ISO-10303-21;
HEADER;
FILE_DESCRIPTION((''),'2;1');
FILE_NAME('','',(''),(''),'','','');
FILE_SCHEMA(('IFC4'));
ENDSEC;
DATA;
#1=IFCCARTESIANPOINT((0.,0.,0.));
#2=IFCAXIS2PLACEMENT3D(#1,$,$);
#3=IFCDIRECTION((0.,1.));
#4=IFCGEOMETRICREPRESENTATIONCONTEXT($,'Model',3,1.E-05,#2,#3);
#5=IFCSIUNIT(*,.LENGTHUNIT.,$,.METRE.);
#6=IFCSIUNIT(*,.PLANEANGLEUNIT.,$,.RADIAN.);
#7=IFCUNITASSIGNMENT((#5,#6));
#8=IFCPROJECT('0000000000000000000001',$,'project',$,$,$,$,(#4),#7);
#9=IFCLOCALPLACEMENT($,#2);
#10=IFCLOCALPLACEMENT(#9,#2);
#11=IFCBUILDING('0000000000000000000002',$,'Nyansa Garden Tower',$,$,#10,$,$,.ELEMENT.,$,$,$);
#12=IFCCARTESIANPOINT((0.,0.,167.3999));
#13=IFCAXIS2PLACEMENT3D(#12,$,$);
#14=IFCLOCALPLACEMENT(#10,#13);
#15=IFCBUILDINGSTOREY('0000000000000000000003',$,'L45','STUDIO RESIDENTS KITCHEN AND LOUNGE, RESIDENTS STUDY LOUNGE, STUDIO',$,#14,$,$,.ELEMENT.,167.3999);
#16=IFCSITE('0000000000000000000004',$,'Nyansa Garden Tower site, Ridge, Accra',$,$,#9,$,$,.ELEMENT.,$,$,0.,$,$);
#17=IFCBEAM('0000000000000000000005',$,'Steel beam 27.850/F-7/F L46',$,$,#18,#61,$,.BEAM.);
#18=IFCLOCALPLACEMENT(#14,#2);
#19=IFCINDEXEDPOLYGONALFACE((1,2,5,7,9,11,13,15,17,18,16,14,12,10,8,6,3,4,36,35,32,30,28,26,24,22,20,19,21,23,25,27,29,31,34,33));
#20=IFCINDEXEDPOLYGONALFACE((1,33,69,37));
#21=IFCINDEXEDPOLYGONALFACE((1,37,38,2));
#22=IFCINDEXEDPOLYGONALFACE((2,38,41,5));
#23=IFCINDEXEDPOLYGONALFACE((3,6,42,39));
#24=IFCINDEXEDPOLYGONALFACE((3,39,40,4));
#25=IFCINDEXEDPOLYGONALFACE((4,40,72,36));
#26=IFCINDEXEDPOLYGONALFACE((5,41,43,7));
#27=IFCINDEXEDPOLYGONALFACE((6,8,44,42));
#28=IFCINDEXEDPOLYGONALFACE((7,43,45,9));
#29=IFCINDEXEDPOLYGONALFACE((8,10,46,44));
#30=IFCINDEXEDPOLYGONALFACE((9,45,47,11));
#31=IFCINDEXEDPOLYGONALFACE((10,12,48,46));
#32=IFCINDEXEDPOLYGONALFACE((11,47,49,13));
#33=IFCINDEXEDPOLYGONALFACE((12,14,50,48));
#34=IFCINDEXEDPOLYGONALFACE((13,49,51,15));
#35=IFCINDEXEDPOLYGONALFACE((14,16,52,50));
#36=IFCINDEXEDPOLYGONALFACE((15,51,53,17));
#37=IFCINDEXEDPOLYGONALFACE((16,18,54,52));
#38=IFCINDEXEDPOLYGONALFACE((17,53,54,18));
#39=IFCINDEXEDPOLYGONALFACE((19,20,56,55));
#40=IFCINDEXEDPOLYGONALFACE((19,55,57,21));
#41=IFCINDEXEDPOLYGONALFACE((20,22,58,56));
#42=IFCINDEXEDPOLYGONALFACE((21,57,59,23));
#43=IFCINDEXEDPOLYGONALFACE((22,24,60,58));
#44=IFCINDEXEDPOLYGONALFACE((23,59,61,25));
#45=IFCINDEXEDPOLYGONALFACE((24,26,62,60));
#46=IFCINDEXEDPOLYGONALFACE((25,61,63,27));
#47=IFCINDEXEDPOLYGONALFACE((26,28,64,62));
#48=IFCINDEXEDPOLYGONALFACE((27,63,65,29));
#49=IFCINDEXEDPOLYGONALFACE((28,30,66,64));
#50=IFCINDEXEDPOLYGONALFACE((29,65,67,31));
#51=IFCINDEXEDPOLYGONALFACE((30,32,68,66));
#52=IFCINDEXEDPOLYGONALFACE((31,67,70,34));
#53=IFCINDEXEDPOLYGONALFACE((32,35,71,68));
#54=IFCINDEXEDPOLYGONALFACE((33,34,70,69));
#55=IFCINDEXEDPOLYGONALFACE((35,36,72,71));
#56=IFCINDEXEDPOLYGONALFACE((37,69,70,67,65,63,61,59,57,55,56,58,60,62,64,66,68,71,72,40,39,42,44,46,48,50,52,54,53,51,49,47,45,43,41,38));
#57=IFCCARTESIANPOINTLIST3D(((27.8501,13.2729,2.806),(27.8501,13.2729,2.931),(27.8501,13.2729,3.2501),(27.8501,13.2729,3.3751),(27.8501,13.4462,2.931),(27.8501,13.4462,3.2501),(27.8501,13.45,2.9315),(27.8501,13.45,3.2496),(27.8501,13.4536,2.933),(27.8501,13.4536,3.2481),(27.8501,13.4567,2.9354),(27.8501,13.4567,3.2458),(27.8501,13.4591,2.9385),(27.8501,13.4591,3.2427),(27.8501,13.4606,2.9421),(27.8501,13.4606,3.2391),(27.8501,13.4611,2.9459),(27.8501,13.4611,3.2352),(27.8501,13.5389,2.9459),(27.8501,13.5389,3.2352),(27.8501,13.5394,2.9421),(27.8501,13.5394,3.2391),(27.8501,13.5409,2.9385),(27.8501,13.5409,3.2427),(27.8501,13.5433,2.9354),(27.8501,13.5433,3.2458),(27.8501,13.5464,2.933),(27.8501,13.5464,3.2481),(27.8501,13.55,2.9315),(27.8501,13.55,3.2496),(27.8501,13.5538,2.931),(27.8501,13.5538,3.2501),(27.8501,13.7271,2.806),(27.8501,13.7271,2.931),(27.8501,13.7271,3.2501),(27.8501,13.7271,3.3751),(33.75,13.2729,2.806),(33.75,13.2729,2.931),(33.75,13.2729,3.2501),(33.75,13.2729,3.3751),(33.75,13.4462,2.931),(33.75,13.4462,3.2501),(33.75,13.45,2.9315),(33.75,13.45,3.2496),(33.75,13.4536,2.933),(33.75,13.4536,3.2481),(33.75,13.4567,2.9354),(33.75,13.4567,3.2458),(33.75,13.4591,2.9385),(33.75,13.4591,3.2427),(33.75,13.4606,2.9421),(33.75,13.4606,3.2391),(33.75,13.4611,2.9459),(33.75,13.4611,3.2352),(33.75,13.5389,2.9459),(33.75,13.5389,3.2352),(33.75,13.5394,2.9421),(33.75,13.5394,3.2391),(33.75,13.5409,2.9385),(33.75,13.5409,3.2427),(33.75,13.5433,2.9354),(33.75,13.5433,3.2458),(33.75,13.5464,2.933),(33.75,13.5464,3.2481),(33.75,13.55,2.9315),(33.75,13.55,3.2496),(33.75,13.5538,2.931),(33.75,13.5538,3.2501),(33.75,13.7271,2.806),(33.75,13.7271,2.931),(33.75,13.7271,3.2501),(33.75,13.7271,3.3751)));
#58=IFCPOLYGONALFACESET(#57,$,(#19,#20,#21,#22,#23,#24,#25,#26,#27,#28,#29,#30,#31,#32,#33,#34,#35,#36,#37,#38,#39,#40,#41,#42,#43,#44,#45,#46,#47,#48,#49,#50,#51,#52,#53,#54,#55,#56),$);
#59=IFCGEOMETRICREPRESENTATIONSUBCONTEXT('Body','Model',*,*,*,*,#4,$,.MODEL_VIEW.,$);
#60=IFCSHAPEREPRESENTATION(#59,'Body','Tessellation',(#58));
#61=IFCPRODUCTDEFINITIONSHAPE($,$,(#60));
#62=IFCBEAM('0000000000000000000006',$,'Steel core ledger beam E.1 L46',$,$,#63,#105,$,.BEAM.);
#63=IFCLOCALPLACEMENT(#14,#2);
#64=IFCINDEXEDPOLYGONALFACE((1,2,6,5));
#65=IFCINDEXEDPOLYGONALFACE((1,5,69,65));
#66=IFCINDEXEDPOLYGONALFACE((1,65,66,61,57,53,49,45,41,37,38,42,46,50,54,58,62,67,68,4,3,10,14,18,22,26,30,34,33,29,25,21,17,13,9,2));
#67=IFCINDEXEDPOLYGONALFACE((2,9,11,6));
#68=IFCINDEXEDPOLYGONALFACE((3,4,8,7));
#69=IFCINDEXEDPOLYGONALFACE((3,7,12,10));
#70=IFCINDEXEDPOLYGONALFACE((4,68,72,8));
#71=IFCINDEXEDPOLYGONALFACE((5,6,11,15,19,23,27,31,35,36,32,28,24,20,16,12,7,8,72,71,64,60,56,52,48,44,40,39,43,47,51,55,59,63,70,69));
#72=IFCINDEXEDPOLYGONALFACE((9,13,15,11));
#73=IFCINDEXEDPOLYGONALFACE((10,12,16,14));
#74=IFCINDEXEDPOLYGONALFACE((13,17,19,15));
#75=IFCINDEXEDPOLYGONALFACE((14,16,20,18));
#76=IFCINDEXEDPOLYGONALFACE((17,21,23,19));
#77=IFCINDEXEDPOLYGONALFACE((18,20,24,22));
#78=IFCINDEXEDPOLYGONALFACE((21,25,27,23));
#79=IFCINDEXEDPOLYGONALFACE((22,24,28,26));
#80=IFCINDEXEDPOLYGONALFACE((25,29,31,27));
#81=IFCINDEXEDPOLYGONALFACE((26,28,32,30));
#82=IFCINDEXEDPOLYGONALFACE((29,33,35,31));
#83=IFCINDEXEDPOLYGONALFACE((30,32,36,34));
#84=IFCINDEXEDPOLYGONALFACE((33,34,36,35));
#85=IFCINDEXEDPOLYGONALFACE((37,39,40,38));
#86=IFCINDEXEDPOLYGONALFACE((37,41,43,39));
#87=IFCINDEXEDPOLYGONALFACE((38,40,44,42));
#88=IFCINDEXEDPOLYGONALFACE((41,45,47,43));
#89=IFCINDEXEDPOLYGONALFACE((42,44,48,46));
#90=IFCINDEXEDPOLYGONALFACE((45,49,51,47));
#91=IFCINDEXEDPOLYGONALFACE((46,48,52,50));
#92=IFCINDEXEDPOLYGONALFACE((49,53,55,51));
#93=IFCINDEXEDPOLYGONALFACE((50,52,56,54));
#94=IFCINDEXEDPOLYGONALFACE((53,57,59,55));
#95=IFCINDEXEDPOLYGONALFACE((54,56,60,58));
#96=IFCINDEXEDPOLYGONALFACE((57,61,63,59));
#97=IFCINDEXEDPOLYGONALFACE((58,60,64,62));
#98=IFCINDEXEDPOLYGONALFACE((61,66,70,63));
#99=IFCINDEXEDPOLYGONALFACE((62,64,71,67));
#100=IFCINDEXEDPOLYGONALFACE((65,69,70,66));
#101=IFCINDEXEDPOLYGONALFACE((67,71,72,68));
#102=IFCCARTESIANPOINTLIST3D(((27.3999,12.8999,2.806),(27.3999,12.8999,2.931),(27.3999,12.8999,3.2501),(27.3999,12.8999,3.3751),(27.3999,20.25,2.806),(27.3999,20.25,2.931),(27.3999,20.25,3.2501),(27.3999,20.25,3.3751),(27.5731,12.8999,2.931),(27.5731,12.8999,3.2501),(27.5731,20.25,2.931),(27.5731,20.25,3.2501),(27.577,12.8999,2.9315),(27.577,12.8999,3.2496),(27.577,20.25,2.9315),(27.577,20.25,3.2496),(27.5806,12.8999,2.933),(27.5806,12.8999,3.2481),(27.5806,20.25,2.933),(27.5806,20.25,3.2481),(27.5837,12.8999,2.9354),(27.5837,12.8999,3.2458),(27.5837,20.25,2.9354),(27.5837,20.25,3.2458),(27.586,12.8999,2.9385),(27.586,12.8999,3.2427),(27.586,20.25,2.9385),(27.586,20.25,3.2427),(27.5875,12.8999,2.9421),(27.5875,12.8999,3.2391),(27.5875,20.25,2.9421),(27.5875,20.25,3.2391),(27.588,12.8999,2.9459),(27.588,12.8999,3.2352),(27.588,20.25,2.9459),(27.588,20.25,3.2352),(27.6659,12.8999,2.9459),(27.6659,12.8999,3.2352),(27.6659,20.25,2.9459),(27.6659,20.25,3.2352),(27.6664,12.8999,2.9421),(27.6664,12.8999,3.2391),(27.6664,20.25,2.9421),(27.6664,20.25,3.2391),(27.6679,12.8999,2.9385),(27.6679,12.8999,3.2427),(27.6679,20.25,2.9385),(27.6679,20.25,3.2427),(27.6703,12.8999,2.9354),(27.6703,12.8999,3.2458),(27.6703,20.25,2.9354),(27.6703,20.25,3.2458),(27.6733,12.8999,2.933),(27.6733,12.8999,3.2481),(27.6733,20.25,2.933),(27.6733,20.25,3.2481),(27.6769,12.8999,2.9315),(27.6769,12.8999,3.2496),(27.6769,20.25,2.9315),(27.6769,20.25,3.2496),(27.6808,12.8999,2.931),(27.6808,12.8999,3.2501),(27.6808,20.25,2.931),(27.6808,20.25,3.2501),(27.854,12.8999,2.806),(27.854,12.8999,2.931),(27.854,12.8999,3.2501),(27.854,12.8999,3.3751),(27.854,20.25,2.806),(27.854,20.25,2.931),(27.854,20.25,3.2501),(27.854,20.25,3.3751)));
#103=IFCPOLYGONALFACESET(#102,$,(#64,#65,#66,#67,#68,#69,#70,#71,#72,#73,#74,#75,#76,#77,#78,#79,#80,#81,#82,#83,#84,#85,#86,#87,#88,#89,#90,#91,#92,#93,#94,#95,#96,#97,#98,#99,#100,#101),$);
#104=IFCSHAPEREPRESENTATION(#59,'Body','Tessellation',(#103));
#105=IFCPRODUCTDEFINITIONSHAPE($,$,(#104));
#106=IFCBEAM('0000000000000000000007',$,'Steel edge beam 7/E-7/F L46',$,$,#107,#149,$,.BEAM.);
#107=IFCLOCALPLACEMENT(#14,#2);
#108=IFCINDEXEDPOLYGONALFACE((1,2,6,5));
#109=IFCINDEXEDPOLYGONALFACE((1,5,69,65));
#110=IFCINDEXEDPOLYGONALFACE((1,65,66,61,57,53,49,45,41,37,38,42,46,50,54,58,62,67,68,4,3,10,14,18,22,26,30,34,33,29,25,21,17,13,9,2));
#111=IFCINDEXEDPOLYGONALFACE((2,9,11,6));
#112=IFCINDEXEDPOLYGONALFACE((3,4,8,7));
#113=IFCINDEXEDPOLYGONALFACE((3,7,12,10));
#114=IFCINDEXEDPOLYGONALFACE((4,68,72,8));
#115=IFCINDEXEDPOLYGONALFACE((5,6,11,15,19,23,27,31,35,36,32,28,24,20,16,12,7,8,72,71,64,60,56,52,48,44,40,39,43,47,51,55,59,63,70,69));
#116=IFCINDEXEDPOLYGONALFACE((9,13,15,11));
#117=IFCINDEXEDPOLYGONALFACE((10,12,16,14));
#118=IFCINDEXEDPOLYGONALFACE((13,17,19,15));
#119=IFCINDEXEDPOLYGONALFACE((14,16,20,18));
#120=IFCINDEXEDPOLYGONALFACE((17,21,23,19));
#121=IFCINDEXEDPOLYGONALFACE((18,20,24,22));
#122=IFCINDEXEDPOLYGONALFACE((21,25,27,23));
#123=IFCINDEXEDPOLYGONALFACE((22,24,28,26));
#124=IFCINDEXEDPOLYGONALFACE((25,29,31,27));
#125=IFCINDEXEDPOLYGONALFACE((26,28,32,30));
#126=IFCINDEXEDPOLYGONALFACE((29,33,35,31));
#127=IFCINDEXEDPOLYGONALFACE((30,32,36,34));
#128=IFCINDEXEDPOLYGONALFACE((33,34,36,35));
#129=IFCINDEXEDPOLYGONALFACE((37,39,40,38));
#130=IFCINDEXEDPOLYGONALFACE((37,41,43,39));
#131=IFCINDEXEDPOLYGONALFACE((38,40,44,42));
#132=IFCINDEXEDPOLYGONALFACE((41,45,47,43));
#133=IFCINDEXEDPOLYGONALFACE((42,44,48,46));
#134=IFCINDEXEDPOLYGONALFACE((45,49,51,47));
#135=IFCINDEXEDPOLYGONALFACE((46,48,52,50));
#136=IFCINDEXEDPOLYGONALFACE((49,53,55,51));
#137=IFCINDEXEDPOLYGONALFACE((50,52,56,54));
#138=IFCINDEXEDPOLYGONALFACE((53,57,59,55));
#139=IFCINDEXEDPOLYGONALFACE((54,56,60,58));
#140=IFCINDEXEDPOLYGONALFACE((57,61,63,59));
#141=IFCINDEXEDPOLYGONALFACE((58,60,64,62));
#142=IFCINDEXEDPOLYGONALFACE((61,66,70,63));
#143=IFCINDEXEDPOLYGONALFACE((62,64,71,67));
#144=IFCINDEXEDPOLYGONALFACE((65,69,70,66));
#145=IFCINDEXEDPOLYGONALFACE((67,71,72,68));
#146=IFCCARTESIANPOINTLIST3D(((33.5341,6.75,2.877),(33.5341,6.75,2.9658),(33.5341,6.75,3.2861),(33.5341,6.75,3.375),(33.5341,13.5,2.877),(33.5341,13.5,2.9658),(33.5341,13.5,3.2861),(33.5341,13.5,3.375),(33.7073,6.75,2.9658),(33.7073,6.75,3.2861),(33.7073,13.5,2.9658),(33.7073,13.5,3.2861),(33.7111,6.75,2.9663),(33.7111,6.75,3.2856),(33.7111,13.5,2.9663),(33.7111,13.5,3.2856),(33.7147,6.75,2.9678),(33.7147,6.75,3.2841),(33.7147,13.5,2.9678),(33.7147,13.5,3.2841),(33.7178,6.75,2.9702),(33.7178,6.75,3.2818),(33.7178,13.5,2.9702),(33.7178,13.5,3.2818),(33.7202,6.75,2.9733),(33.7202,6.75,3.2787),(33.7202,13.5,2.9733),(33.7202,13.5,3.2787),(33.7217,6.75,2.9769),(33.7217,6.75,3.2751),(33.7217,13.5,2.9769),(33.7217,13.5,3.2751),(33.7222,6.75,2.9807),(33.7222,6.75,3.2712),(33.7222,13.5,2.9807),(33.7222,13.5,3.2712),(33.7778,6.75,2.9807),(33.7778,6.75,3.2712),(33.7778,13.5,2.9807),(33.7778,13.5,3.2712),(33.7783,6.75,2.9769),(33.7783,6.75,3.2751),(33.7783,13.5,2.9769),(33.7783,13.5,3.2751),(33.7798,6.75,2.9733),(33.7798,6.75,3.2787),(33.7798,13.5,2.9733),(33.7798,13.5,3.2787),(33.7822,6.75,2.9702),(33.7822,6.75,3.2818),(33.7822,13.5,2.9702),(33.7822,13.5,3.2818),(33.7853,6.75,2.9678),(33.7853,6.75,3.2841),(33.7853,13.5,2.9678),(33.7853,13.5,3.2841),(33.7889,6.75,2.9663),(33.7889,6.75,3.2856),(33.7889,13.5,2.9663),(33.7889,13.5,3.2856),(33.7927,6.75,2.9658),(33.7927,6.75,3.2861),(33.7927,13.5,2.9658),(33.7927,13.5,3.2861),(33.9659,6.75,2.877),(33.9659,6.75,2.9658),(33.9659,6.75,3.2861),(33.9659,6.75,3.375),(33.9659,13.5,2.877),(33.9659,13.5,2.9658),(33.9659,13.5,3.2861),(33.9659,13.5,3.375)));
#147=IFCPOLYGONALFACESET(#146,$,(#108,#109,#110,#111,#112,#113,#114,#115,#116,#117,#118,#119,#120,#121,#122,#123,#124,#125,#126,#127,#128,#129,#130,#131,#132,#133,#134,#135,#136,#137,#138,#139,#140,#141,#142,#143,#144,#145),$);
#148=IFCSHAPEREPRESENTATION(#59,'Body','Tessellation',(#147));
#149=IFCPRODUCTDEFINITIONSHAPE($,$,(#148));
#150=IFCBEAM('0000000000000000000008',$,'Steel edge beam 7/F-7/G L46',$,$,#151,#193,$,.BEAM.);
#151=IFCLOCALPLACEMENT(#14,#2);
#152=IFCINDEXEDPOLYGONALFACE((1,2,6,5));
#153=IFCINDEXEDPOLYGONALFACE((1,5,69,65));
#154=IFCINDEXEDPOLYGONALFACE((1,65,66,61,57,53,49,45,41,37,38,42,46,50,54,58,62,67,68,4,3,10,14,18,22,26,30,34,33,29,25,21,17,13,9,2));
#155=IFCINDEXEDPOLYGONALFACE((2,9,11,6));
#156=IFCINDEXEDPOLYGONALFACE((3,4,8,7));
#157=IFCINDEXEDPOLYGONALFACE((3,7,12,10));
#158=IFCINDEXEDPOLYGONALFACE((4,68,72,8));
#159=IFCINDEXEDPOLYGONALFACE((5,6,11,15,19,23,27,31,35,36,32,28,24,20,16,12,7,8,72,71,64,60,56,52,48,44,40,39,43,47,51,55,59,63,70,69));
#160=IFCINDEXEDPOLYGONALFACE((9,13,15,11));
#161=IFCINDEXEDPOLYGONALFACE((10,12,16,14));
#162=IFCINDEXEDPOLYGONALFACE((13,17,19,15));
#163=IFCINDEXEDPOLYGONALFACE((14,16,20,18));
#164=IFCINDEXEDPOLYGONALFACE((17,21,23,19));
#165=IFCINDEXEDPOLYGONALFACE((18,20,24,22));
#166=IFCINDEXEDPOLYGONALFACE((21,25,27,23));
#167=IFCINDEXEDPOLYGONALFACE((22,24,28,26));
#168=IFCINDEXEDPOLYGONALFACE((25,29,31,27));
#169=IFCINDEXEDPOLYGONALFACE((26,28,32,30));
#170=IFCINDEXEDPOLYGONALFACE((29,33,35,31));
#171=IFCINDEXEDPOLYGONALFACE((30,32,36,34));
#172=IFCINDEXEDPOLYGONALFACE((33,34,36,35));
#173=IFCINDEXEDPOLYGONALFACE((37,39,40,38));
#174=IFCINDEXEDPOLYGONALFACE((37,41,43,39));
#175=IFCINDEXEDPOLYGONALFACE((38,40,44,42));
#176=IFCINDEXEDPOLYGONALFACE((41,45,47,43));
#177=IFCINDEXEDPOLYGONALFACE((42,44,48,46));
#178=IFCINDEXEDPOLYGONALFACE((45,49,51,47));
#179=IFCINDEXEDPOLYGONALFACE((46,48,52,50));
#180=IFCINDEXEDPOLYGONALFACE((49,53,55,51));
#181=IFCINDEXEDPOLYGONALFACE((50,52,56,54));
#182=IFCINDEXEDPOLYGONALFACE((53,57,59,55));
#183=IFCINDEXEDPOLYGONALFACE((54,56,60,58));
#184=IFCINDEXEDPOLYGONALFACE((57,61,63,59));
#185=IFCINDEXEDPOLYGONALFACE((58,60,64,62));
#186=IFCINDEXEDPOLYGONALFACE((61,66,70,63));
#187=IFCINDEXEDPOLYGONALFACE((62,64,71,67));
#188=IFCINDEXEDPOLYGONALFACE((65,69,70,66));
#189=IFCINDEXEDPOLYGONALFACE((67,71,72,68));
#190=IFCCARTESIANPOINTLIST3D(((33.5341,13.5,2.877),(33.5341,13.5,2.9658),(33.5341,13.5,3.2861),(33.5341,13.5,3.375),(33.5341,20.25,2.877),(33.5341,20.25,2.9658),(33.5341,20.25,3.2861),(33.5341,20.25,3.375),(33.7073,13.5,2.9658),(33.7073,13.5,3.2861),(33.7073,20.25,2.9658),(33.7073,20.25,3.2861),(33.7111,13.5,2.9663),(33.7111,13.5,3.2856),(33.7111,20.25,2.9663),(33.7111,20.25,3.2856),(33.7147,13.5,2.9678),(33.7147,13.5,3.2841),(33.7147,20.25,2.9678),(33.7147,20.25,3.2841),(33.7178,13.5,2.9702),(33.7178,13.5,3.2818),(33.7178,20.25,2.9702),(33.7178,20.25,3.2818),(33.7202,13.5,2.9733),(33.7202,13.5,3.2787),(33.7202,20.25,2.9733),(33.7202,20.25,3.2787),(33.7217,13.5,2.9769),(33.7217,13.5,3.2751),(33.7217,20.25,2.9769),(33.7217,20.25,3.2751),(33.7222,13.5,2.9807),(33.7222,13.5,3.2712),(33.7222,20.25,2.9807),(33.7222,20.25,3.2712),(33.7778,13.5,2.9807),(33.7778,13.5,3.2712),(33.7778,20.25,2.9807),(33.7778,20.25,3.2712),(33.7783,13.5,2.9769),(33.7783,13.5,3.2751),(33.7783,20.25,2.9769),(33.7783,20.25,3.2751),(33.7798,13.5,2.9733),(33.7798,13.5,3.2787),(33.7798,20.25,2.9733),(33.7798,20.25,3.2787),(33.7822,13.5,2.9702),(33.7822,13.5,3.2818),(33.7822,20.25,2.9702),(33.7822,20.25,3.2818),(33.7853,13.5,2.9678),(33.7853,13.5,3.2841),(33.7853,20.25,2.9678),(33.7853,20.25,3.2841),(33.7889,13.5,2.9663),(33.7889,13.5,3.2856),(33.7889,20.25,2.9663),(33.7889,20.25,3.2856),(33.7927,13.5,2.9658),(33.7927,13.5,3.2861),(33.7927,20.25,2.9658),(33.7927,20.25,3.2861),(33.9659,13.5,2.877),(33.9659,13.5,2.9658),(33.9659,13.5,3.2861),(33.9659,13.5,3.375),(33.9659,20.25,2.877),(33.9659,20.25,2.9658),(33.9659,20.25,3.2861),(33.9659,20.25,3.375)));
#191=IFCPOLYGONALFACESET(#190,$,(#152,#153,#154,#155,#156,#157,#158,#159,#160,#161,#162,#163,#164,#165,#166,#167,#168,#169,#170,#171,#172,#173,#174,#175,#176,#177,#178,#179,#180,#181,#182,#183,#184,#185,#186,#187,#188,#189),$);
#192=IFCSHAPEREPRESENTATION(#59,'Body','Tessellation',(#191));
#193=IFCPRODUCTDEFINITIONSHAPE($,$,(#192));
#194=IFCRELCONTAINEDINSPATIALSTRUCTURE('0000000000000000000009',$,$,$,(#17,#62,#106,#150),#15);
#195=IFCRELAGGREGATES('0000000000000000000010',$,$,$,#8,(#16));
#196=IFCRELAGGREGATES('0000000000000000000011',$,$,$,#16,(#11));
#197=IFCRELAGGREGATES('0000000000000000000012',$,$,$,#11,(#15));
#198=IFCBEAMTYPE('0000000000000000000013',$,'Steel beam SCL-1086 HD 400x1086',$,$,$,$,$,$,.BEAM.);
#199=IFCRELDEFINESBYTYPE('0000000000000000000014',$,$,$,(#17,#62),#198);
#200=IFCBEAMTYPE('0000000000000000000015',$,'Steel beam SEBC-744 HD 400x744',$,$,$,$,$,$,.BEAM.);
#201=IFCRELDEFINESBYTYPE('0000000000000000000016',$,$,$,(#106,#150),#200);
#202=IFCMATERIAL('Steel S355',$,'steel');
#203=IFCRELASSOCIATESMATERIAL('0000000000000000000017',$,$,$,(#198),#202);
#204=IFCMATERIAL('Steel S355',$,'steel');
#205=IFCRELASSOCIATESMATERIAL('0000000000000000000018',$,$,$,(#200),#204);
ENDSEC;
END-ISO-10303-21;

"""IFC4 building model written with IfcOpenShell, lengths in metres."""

from ifc_helpers import new_model, si_unit, direction, frame, origin, origin_2d, place, context, subcontext, project, spatial, i_section, extrude, material, material_profile, profile_set, type_object, element, save


model = new_model("IFC4")

# Units and contexts
model_context = context("Model", 3, precision=1e-05, world=origin(), true_north=direction((0.0, 1.0)))
body_context = subcontext(model_context, "Body", "Model", "MODEL_VIEW")
ifc_project = project(units=[si_unit("LENGTHUNIT", "METRE"), si_unit("PLANEANGLEUNIT", "RADIAN")], contexts=[model_context])

# Site, building, storey
site_placement = place(None, origin())
site = spatial("IfcSite", under=ifc_project, at=site_placement, Name="Nyansa Garden Tower site, Ridge, Accra", CompositionType="ELEMENT", RefElevation=0.0)
building_placement = place(site_placement, origin())
building = spatial("IfcBuilding", under=site, at=building_placement, Name="Nyansa Garden Tower", CompositionType="ELEMENT")
storey_placement = place(building_placement, frame((0.0, 0.0, 167.3999)))
storey = spatial("IfcBuildingStorey", under=building, at=storey_placement, Name="L45", Description="STUDIO RESIDENTS KITCHEN AND LOUNGE, RESIDENTS STUDY LOUNGE, STUDIO", CompositionType="ELEMENT", Elevation=167.3999)

# Beams
ifc_material_1 = material(Name="Steel S355", Category="steel")
ifc_material_profile_1 = material_profile(ifc_material_1, i_section(OverallWidth=0.4541, OverallDepth=0.5691, WebThickness=0.0779, FlangeThickness=0.125, FilletRadius=0.0149, at=origin_2d()), Name="HD 400x1086")
ifc_profile_set_1 = profile_set([ifc_material_profile_1], Name="Steel S355")
beam_type_1 = type_object("IfcBeamType", Name="Steel beam SCL-1086 HD 400x1086", PredefinedType="BEAM", material=ifc_profile_set_1)
beam_1_placement = place(storey_placement, frame((27.8501, 13.5, 3.0906), z_axis=(1.0, 0.0, 0.0), x_axis=(0.0, 1.0, 0.0)))
element("IfcBeam", 1, at=beam_1_placement, inside=storey, type_object=beam_type_1, Name="Steel beam 27.850/F-7/F L46", PredefinedType="BEAM", context=body_context, shape_type="SweptSolid", body=[
    extrude(i_section(OverallWidth=0.4541, OverallDepth=0.5691, WebThickness=0.0779, FlangeThickness=0.125, FilletRadius=0.0149, at=origin_2d()), origin(), (0.0, 0.0, 1.0), 5.8999),
])
beam_2_placement = place(storey_placement, frame((27.627, 12.8999, 3.0906), z_axis=(0.0, 1.0, 0.0), x_axis=(-1.0, 0.0, 0.0)))
element("IfcBeam", 2, at=beam_2_placement, inside=storey, type_object=beam_type_1, Name="Steel core ledger beam E.1 L46", PredefinedType="BEAM", context=body_context, shape_type="SweptSolid", body=[
    extrude(i_section(OverallWidth=0.4541, OverallDepth=0.5691, WebThickness=0.0779, FlangeThickness=0.125, FilletRadius=0.0149, at=origin_2d()), origin(), (0.0, 0.0, 1.0), 7.3501),
])
ifc_material_2 = material(Name="Steel S355", Category="steel")
ifc_material_profile_2 = material_profile(ifc_material_2, i_section(OverallWidth=0.4319, OverallDepth=0.498, WebThickness=0.0557, FlangeThickness=0.0889, FilletRadius=0.0149, at=origin_2d()), Name="HD 400x744")
ifc_profile_set_2 = profile_set([ifc_material_profile_2], Name="Steel S355")
beam_type_2 = type_object("IfcBeamType", Name="Steel beam SEBC-744 HD 400x744", PredefinedType="BEAM", material=ifc_profile_set_2)
for number, where, z_axis, x_axis, name in (
    (3, (33.75, 6.75, 3.126), (0.0, 1.0, 0.0), (-1.0, 0.0, 0.0), "Steel edge beam 7/E-7/F L46"),
    (4, (33.75, 13.5, 3.126), (0.0, 1.0, 0.0), (-1.0, 0.0, 0.0), "Steel edge beam 7/F-7/G L46"),
):
    element("IfcBeam", number, at=place(storey_placement, frame(where, z_axis=z_axis, x_axis=x_axis)), inside=storey, type_object=beam_type_2, Name=name, PredefinedType="BEAM", context=body_context, shape_type="SweptSolid", body=[
        extrude(i_section(OverallWidth=0.4319, OverallDepth=0.498, WebThickness=0.0557, FlangeThickness=0.0889, FilletRadius=0.0149, at=origin_2d()), origin(), (0.0, 0.0, 1.0), 6.75),
    ])

save(model, "model.ifc")
